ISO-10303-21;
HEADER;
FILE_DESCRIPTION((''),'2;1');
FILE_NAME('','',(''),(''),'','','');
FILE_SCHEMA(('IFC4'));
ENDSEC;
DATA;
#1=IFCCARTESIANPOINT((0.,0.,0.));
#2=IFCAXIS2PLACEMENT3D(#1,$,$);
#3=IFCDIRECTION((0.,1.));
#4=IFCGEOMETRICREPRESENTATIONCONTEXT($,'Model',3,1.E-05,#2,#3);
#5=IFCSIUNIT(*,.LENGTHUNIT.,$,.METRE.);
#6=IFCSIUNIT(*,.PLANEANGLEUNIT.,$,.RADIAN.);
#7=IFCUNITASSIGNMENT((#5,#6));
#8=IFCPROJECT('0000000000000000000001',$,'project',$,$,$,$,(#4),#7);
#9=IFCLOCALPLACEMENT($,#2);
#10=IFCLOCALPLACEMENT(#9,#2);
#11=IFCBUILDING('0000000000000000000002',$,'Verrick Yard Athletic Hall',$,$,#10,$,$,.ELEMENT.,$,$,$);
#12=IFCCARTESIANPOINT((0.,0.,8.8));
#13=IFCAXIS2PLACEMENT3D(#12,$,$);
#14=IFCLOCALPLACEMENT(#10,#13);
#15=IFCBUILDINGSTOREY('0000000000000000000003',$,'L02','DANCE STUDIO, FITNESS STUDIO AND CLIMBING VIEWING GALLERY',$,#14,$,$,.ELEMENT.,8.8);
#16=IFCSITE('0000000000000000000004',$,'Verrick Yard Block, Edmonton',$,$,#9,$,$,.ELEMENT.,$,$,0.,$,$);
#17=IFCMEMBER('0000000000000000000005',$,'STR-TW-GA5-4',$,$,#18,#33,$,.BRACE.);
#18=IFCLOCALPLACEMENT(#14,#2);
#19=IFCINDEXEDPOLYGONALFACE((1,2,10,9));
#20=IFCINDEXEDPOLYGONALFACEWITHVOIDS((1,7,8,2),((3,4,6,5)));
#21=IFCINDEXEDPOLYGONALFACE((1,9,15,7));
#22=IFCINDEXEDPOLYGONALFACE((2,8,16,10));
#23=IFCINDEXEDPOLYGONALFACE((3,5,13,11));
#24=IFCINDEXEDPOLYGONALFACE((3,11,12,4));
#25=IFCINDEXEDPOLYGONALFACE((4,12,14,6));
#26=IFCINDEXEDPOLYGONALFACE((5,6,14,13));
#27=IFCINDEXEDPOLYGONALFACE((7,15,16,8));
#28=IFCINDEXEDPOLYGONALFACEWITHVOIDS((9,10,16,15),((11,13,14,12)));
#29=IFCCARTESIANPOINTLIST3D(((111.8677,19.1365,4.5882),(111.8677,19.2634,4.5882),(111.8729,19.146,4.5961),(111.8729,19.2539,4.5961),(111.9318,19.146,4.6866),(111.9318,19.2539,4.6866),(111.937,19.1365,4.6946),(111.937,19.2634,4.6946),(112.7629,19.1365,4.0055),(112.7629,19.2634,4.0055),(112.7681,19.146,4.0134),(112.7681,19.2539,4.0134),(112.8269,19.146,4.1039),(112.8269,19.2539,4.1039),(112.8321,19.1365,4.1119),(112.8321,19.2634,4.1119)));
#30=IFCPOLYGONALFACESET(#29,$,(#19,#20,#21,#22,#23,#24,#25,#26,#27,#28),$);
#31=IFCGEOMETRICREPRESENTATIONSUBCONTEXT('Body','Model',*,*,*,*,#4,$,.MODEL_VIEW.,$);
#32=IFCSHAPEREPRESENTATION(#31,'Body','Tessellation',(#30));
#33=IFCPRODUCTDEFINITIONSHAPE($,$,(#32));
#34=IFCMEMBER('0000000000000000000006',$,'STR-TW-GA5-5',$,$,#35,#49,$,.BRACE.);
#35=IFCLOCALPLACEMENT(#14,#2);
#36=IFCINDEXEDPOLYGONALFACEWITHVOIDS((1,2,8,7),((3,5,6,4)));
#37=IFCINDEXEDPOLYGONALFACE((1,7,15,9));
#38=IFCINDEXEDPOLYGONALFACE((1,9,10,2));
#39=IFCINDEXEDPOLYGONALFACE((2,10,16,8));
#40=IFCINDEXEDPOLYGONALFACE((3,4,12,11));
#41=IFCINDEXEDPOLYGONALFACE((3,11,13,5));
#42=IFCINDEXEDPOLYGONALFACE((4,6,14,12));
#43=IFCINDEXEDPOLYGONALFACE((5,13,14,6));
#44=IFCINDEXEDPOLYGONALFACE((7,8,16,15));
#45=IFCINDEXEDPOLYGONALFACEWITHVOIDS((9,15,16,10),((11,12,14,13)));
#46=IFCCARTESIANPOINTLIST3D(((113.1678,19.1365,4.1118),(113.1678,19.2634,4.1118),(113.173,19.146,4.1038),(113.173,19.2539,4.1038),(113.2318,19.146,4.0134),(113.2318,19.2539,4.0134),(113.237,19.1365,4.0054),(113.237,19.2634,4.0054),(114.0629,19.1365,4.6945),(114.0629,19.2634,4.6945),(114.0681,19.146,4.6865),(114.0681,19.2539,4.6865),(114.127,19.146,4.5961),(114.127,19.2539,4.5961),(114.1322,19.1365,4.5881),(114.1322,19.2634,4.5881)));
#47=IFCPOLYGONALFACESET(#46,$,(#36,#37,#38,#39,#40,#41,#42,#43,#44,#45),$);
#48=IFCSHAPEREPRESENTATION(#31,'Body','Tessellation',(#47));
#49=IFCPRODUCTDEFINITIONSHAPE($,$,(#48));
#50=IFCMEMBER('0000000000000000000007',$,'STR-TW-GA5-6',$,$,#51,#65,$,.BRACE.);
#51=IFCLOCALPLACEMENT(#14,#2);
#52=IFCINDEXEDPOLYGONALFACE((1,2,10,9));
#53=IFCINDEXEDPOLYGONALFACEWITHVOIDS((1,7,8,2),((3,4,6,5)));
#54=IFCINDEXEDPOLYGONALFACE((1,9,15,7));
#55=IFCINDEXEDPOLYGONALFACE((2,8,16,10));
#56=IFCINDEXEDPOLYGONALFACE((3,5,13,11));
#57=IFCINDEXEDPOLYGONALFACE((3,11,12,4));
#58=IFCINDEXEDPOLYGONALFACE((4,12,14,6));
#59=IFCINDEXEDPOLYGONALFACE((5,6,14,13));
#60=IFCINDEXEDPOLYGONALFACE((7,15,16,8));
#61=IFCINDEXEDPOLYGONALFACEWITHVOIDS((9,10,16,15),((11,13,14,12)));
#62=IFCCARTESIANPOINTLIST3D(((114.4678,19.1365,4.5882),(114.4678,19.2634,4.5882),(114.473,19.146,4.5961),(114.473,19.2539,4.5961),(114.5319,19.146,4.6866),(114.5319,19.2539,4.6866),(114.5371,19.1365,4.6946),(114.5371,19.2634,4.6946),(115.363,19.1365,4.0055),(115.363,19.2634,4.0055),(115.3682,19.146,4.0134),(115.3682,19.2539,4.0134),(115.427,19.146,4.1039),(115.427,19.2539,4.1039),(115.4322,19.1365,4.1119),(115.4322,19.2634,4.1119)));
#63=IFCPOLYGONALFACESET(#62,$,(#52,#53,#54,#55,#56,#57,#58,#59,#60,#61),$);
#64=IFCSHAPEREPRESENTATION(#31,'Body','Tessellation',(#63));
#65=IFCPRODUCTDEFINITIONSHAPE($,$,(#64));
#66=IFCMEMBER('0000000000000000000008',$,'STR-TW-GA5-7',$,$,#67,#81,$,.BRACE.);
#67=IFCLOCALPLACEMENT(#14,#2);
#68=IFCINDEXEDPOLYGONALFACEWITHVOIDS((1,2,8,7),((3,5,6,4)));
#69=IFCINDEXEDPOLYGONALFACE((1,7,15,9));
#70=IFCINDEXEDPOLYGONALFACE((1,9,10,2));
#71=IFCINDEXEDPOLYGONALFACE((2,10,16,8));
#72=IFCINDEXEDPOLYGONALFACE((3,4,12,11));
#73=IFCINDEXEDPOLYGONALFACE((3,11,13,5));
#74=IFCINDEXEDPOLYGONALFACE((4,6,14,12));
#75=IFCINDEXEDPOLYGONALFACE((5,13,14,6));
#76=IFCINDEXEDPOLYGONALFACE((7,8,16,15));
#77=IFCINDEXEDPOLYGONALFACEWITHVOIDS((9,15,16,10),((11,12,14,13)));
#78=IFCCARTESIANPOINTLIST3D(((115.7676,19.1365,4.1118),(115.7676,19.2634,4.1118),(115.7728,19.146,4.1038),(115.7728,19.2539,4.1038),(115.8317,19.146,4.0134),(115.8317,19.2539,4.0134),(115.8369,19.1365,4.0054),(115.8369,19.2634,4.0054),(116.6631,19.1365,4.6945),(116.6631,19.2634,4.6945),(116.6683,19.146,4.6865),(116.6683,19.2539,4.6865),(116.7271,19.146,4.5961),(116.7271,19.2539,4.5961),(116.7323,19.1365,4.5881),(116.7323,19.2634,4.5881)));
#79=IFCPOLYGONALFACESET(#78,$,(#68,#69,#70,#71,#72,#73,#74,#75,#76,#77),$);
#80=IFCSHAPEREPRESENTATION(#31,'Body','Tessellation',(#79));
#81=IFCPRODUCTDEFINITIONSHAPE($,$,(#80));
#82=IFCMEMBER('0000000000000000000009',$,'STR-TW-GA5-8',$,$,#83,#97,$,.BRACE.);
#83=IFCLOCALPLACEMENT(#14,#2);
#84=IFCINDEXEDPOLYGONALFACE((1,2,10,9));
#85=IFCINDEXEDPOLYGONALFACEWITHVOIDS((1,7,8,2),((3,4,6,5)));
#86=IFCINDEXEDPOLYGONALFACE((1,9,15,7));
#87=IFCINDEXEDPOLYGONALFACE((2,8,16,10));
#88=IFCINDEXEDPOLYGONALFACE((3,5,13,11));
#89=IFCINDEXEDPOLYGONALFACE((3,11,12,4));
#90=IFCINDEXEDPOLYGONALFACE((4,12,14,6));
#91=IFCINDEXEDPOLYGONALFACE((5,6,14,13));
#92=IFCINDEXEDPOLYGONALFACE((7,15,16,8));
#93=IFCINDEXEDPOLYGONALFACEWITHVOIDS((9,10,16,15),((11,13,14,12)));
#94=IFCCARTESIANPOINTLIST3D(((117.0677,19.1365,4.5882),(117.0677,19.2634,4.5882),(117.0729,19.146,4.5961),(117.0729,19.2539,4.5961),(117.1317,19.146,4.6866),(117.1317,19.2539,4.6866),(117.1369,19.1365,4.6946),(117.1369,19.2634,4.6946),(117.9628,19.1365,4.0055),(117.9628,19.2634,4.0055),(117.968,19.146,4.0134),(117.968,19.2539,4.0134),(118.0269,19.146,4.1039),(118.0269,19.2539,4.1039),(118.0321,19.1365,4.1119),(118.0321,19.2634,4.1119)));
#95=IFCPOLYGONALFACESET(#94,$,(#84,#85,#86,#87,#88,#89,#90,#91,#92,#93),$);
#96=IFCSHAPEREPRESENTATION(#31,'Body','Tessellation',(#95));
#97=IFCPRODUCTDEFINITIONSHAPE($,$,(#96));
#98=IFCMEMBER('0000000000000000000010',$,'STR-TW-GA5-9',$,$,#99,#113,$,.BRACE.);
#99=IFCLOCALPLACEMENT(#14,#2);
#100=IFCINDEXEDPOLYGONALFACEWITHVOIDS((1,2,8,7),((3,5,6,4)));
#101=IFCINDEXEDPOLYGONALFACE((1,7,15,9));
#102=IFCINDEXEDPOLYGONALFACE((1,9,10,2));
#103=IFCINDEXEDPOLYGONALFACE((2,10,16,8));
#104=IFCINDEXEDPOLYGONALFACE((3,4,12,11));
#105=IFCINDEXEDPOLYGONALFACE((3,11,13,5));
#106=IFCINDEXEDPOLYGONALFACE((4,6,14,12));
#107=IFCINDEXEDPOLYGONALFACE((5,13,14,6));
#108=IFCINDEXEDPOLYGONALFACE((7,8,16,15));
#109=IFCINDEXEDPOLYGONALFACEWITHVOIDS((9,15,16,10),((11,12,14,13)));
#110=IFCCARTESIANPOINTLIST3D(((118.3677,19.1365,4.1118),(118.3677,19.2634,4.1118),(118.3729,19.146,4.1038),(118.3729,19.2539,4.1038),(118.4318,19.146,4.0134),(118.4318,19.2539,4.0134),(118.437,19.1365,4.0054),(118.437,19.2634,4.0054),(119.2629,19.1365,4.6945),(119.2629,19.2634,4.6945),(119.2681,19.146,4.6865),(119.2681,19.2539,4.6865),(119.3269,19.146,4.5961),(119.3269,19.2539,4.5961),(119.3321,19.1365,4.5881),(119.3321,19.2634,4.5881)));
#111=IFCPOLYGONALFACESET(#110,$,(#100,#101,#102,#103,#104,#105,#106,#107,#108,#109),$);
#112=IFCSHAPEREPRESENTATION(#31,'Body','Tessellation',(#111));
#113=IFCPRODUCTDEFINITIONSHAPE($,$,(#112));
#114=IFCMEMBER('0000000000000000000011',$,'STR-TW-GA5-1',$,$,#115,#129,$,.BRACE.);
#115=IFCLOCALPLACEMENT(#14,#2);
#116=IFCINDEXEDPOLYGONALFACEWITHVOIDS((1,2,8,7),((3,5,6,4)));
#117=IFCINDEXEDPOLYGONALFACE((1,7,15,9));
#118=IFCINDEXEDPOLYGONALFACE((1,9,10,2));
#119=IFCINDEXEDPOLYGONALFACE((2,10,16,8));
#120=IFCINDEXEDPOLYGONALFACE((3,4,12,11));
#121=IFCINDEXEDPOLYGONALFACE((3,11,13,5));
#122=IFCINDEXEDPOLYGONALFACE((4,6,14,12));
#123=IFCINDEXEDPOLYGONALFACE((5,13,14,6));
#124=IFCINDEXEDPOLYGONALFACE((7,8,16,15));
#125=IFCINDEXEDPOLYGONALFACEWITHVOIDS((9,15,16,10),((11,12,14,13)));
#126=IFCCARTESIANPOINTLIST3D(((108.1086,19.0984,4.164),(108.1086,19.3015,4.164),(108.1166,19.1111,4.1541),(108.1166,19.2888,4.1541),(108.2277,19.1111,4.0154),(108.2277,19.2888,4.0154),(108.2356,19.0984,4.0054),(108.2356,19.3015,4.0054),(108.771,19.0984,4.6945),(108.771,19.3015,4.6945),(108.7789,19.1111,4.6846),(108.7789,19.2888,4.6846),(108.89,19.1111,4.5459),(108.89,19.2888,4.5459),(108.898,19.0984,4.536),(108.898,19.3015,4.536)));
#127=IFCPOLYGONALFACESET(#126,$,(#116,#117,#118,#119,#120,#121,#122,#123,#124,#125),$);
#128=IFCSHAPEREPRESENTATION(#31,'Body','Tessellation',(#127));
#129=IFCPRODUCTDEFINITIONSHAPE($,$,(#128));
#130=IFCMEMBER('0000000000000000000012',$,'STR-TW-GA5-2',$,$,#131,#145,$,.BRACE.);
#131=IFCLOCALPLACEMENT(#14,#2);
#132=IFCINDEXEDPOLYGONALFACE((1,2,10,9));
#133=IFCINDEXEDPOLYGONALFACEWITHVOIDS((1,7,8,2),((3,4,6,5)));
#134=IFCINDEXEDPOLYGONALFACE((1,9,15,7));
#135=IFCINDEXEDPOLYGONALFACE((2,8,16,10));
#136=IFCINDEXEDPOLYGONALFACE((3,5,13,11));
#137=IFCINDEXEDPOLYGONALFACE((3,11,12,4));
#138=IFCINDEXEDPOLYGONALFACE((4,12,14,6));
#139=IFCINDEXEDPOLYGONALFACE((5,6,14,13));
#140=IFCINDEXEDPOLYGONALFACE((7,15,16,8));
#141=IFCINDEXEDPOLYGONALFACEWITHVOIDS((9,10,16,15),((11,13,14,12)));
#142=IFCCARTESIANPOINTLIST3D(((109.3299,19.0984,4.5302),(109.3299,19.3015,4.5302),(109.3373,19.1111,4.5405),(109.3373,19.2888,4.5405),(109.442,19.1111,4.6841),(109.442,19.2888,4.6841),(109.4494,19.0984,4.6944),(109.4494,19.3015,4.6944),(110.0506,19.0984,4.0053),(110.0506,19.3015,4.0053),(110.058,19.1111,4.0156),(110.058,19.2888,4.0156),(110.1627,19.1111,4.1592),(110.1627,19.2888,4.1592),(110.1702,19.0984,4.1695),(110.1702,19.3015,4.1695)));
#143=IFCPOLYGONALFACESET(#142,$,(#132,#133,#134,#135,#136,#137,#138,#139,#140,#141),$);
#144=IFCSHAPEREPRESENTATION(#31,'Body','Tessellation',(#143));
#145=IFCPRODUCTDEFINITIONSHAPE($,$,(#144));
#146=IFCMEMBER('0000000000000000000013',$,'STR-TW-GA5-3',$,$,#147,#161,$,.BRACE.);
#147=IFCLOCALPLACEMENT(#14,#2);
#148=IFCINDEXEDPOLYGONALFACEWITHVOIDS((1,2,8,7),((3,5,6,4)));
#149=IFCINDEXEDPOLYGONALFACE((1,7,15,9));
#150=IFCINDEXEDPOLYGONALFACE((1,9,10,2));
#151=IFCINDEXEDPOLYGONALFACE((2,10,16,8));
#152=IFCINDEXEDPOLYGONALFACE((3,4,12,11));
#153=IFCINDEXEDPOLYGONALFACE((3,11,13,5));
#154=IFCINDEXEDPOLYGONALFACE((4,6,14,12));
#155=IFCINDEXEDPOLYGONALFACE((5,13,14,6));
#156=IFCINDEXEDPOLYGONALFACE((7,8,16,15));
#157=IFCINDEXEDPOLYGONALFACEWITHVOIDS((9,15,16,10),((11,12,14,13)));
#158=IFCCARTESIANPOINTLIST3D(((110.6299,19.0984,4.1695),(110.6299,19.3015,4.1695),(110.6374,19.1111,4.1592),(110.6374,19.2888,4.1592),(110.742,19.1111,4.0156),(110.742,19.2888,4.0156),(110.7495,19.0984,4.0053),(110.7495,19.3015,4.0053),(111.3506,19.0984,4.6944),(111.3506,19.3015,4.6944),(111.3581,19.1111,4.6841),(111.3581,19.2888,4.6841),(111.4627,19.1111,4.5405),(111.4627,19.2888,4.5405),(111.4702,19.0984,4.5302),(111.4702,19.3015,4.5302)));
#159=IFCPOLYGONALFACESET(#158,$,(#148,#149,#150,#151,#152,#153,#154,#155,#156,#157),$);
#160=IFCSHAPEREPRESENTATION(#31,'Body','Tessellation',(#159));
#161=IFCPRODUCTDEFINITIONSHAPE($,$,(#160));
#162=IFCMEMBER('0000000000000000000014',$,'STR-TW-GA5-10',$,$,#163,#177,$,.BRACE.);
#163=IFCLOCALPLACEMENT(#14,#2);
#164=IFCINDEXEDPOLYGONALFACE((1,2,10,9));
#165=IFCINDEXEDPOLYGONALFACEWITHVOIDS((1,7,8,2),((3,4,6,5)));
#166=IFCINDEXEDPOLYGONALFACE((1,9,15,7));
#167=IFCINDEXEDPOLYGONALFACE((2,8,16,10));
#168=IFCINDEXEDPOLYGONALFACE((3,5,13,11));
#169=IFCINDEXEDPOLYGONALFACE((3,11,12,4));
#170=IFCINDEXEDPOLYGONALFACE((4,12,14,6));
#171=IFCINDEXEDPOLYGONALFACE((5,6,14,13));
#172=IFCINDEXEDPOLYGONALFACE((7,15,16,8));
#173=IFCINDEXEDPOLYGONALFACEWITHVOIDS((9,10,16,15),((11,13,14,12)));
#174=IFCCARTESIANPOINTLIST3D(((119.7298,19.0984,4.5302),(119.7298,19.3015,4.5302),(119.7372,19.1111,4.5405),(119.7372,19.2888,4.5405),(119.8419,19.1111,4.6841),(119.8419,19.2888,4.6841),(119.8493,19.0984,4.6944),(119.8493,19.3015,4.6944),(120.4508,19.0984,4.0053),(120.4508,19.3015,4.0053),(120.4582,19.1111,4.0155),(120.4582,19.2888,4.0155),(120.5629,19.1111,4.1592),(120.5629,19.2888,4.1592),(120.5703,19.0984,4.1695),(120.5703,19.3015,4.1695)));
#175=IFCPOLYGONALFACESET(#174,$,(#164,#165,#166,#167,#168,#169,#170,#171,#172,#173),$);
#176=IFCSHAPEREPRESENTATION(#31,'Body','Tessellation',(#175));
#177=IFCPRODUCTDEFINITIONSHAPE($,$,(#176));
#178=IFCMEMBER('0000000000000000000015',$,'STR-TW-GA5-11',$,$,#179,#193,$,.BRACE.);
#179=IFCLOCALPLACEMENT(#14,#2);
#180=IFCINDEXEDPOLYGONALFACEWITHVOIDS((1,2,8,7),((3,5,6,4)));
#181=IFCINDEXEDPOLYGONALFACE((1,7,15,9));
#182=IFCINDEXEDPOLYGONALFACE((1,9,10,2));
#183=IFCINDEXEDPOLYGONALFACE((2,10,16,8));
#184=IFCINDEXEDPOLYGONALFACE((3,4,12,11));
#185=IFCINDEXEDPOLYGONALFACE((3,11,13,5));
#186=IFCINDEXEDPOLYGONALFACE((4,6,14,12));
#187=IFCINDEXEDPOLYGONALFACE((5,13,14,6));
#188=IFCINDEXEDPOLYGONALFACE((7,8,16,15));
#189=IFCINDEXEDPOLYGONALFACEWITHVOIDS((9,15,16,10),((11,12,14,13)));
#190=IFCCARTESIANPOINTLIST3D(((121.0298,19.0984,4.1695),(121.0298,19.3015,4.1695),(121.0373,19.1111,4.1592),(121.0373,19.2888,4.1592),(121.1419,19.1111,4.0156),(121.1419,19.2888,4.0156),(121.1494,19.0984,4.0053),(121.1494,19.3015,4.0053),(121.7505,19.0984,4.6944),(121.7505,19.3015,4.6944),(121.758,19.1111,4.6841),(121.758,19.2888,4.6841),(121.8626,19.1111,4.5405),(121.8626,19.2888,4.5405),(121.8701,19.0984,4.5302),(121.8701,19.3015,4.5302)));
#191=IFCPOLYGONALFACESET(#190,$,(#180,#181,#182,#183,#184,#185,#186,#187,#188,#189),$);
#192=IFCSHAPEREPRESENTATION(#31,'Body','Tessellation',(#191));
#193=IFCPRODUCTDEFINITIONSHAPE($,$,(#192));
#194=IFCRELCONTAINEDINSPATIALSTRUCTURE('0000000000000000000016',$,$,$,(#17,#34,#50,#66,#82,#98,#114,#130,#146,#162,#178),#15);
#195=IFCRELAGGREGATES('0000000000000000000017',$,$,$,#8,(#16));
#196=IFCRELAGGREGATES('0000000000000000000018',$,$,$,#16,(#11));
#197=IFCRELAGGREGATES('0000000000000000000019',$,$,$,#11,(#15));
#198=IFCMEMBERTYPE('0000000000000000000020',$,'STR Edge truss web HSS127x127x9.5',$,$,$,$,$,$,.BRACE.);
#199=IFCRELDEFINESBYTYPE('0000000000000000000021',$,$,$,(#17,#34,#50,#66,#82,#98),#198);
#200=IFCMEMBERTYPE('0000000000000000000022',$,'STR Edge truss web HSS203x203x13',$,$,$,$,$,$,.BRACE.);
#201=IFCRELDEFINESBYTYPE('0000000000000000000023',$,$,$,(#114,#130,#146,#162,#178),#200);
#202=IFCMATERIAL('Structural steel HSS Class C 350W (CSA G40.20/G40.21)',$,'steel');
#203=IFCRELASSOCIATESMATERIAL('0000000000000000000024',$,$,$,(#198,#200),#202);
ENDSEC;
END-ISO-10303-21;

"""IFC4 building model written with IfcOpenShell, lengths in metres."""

from ifc_helpers import new_model, si_unit, direction, frame, origin, origin_2d, place, context, subcontext, project, spatial, hollow_rectangle, extrude, material, material_profile, profile_set, type_object, element, save


model = new_model("IFC4")

# Units and contexts
model_context = context("Model", 3, precision=1e-05, world=origin(), true_north=direction((0.0, 1.0)))
body_context = subcontext(model_context, "Body", "Model", "MODEL_VIEW")
ifc_project = project(units=[si_unit("LENGTHUNIT", "METRE"), si_unit("PLANEANGLEUNIT", "RADIAN")], contexts=[model_context])

# Site, building, storey
site_placement = place(None, origin())
site = spatial("IfcSite", under=ifc_project, at=site_placement, Name="Verrick Yard Block, Edmonton", CompositionType="ELEMENT", RefElevation=0.0)
building_placement = place(site_placement, origin())
building = spatial("IfcBuilding", under=site, at=building_placement, Name="Verrick Yard Athletic Hall", CompositionType="ELEMENT")
storey_placement = place(building_placement, frame((0.0, 0.0, 8.8)))
storey = spatial("IfcBuildingStorey", under=building, at=storey_placement, Name="L02", Description="DANCE STUDIO, FITNESS STUDIO AND CLIMBING VIEWING GALLERY", CompositionType="ELEMENT", Elevation=8.8)

# Members
ifc_material_1 = material(Name="Structural steel HSS Class C 350W (CSA G40.20/G40.21)", Category="steel")
ifc_material_profile_1 = material_profile(ifc_material_1, hollow_rectangle(XDim=0.127, YDim=0.127, WallThickness=0.0095, at=origin_2d()), Name="HSS127x127x9.5")
ifc_profile_set_1 = profile_set([ifc_material_profile_1], Name="Structural steel HSS Class C 350W (CSA G40.20/G40.21)")
member_type_1 = type_object("IfcMemberType", Name="STR Edge truss web HSS127x127x9.5", PredefinedType="BRACE", material=ifc_profile_set_1)
for number, where, z_axis, x_axis, name in (
    (1, (111.9023, 19.2, 4.6414), (0.838083, 0.0, -0.545543), (0.0, 1.0, 0.0), "STR-TW-GA5-4"),
    (2, (113.2024, 19.2, 4.0586), (0.838083, 0.0, 0.545543), (0.0, 1.0, 0.0), "STR-TW-GA5-5"),
    (3, (114.5024, 19.2, 4.6414), (0.838083, 0.0, -0.545543), (0.0, 1.0, 0.0), "STR-TW-GA5-6"),
):
    element("IfcMember", number, at=place(storey_placement, frame(where, z_axis=z_axis, x_axis=x_axis)), inside=storey, type_object=member_type_1, Name=name, PredefinedType="BRACE", context=body_context, shape_type="SweptSolid", body=[
        extrude(hollow_rectangle(XDim=0.127, YDim=0.127, WallThickness=0.0095, at=origin_2d()), origin(), (0.0, 0.0, 1.0), 1.0681),
    ])
member_1_placement = place(storey_placement, frame((115.8022, 19.2, 4.0586), z_axis=(0.838151, 0.0, 0.545438), x_axis=(0.0, 1.0, 0.0)))
element("IfcMember", 4, at=member_1_placement, inside=storey, type_object=member_type_1, Name="STR-TW-GA5-7", PredefinedType="BRACE", context=body_context, shape_type="SweptSolid", body=[
    extrude(hollow_rectangle(XDim=0.127, YDim=0.127, WallThickness=0.0095, at=origin_2d()), origin(), (0.0, 0.0, 1.0), 1.0684),
])
for number, where, z_axis, x_axis, name in (
    (5, (117.1023, 19.2, 4.6414), (0.838083, 0.0, -0.545543), (0.0, 1.0, 0.0), "STR-TW-GA5-8"),
    (6, (118.4023, 19.2, 4.0586), (0.838083, 0.0, 0.545543), (0.0, 1.0, 0.0), "STR-TW-GA5-9"),
):
    element("IfcMember", number, at=place(storey_placement, frame(where, z_axis=z_axis, x_axis=x_axis)), inside=storey, type_object=member_type_1, Name=name, PredefinedType="BRACE", context=body_context, shape_type="SweptSolid", body=[
        extrude(hollow_rectangle(XDim=0.127, YDim=0.127, WallThickness=0.0095, at=origin_2d()), origin(), (0.0, 0.0, 1.0), 1.0681),
    ])
ifc_material_profile_2 = material_profile(ifc_material_1, hollow_rectangle(XDim=0.2031, YDim=0.2031, WallThickness=0.0127, at=origin_2d()), Name="HSS203x203x13")
ifc_profile_set_2 = profile_set([ifc_material_profile_2], Name="Structural steel HSS Class C 350W (CSA G40.20/G40.21)")
member_type_2 = type_object("IfcMemberType", Name="STR Edge truss web HSS203x203x13", PredefinedType="BRACE", material=ifc_profile_set_2)
member_2_placement = place(storey_placement, frame((108.1721, 19.2, 4.0847), z_axis=(0.780504, 0.0, 0.625151), x_axis=(0.0, 1.0, 0.0)))
element("IfcMember", 7, at=member_2_placement, inside=storey, type_object=member_type_2, Name="STR-TW-GA5-1", PredefinedType="BRACE", context=body_context, shape_type="SweptSolid", body=[
    extrude(hollow_rectangle(XDim=0.2031, YDim=0.2031, WallThickness=0.0127, at=origin_2d()), origin(), (0.0, 0.0, 1.0), 0.8486),
])
for number, where, z_axis, x_axis, name in (
    (8, (109.3896, 19.2, 4.6123), (0.808333, 0.0, -0.588725), (0.0, 1.0, 0.0), "STR-TW-GA5-2"),
    (9, (110.6897, 19.2, 4.0874), (0.808333, 0.0, 0.588725), (0.0, 1.0, 0.0), "STR-TW-GA5-3"),
):
    element("IfcMember", number, at=place(storey_placement, frame(where, z_axis=z_axis, x_axis=x_axis)), inside=storey, type_object=member_type_2, Name=name, PredefinedType="BRACE", context=body_context, shape_type="SweptSolid", body=[
        extrude(hollow_rectangle(XDim=0.2031, YDim=0.2031, WallThickness=0.0127, at=origin_2d()), origin(), (0.0, 0.0, 1.0), 0.8916),
    ])
member_3_placement = place(storey_placement, frame((119.7896, 19.2, 4.6123), z_axis=(0.808428, 0.0, -0.588595), x_axis=(0.0, 1.0, 0.0)))
element("IfcMember", 10, at=member_3_placement, inside=storey, type_object=member_type_2, Name="STR-TW-GA5-10", PredefinedType="BRACE", context=body_context, shape_type="SweptSolid", body=[
    extrude(hollow_rectangle(XDim=0.2031, YDim=0.2031, WallThickness=0.0127, at=origin_2d()), origin(), (0.0, 0.0, 1.0), 0.8918),
])
member_4_placement = place(storey_placement, frame((121.0896, 19.2, 4.0874), z_axis=(0.808333, 0.0, 0.588725), x_axis=(0.0, 1.0, 0.0)))
element("IfcMember", 11, at=member_4_placement, inside=storey, type_object=member_type_2, Name="STR-TW-GA5-11", PredefinedType="BRACE", context=body_context, shape_type="SweptSolid", body=[
    extrude(hollow_rectangle(XDim=0.2031, YDim=0.2031, WallThickness=0.0127, at=origin_2d()), origin(), (0.0, 0.0, 1.0), 0.8916),
])

save(model, "model.ifc")
